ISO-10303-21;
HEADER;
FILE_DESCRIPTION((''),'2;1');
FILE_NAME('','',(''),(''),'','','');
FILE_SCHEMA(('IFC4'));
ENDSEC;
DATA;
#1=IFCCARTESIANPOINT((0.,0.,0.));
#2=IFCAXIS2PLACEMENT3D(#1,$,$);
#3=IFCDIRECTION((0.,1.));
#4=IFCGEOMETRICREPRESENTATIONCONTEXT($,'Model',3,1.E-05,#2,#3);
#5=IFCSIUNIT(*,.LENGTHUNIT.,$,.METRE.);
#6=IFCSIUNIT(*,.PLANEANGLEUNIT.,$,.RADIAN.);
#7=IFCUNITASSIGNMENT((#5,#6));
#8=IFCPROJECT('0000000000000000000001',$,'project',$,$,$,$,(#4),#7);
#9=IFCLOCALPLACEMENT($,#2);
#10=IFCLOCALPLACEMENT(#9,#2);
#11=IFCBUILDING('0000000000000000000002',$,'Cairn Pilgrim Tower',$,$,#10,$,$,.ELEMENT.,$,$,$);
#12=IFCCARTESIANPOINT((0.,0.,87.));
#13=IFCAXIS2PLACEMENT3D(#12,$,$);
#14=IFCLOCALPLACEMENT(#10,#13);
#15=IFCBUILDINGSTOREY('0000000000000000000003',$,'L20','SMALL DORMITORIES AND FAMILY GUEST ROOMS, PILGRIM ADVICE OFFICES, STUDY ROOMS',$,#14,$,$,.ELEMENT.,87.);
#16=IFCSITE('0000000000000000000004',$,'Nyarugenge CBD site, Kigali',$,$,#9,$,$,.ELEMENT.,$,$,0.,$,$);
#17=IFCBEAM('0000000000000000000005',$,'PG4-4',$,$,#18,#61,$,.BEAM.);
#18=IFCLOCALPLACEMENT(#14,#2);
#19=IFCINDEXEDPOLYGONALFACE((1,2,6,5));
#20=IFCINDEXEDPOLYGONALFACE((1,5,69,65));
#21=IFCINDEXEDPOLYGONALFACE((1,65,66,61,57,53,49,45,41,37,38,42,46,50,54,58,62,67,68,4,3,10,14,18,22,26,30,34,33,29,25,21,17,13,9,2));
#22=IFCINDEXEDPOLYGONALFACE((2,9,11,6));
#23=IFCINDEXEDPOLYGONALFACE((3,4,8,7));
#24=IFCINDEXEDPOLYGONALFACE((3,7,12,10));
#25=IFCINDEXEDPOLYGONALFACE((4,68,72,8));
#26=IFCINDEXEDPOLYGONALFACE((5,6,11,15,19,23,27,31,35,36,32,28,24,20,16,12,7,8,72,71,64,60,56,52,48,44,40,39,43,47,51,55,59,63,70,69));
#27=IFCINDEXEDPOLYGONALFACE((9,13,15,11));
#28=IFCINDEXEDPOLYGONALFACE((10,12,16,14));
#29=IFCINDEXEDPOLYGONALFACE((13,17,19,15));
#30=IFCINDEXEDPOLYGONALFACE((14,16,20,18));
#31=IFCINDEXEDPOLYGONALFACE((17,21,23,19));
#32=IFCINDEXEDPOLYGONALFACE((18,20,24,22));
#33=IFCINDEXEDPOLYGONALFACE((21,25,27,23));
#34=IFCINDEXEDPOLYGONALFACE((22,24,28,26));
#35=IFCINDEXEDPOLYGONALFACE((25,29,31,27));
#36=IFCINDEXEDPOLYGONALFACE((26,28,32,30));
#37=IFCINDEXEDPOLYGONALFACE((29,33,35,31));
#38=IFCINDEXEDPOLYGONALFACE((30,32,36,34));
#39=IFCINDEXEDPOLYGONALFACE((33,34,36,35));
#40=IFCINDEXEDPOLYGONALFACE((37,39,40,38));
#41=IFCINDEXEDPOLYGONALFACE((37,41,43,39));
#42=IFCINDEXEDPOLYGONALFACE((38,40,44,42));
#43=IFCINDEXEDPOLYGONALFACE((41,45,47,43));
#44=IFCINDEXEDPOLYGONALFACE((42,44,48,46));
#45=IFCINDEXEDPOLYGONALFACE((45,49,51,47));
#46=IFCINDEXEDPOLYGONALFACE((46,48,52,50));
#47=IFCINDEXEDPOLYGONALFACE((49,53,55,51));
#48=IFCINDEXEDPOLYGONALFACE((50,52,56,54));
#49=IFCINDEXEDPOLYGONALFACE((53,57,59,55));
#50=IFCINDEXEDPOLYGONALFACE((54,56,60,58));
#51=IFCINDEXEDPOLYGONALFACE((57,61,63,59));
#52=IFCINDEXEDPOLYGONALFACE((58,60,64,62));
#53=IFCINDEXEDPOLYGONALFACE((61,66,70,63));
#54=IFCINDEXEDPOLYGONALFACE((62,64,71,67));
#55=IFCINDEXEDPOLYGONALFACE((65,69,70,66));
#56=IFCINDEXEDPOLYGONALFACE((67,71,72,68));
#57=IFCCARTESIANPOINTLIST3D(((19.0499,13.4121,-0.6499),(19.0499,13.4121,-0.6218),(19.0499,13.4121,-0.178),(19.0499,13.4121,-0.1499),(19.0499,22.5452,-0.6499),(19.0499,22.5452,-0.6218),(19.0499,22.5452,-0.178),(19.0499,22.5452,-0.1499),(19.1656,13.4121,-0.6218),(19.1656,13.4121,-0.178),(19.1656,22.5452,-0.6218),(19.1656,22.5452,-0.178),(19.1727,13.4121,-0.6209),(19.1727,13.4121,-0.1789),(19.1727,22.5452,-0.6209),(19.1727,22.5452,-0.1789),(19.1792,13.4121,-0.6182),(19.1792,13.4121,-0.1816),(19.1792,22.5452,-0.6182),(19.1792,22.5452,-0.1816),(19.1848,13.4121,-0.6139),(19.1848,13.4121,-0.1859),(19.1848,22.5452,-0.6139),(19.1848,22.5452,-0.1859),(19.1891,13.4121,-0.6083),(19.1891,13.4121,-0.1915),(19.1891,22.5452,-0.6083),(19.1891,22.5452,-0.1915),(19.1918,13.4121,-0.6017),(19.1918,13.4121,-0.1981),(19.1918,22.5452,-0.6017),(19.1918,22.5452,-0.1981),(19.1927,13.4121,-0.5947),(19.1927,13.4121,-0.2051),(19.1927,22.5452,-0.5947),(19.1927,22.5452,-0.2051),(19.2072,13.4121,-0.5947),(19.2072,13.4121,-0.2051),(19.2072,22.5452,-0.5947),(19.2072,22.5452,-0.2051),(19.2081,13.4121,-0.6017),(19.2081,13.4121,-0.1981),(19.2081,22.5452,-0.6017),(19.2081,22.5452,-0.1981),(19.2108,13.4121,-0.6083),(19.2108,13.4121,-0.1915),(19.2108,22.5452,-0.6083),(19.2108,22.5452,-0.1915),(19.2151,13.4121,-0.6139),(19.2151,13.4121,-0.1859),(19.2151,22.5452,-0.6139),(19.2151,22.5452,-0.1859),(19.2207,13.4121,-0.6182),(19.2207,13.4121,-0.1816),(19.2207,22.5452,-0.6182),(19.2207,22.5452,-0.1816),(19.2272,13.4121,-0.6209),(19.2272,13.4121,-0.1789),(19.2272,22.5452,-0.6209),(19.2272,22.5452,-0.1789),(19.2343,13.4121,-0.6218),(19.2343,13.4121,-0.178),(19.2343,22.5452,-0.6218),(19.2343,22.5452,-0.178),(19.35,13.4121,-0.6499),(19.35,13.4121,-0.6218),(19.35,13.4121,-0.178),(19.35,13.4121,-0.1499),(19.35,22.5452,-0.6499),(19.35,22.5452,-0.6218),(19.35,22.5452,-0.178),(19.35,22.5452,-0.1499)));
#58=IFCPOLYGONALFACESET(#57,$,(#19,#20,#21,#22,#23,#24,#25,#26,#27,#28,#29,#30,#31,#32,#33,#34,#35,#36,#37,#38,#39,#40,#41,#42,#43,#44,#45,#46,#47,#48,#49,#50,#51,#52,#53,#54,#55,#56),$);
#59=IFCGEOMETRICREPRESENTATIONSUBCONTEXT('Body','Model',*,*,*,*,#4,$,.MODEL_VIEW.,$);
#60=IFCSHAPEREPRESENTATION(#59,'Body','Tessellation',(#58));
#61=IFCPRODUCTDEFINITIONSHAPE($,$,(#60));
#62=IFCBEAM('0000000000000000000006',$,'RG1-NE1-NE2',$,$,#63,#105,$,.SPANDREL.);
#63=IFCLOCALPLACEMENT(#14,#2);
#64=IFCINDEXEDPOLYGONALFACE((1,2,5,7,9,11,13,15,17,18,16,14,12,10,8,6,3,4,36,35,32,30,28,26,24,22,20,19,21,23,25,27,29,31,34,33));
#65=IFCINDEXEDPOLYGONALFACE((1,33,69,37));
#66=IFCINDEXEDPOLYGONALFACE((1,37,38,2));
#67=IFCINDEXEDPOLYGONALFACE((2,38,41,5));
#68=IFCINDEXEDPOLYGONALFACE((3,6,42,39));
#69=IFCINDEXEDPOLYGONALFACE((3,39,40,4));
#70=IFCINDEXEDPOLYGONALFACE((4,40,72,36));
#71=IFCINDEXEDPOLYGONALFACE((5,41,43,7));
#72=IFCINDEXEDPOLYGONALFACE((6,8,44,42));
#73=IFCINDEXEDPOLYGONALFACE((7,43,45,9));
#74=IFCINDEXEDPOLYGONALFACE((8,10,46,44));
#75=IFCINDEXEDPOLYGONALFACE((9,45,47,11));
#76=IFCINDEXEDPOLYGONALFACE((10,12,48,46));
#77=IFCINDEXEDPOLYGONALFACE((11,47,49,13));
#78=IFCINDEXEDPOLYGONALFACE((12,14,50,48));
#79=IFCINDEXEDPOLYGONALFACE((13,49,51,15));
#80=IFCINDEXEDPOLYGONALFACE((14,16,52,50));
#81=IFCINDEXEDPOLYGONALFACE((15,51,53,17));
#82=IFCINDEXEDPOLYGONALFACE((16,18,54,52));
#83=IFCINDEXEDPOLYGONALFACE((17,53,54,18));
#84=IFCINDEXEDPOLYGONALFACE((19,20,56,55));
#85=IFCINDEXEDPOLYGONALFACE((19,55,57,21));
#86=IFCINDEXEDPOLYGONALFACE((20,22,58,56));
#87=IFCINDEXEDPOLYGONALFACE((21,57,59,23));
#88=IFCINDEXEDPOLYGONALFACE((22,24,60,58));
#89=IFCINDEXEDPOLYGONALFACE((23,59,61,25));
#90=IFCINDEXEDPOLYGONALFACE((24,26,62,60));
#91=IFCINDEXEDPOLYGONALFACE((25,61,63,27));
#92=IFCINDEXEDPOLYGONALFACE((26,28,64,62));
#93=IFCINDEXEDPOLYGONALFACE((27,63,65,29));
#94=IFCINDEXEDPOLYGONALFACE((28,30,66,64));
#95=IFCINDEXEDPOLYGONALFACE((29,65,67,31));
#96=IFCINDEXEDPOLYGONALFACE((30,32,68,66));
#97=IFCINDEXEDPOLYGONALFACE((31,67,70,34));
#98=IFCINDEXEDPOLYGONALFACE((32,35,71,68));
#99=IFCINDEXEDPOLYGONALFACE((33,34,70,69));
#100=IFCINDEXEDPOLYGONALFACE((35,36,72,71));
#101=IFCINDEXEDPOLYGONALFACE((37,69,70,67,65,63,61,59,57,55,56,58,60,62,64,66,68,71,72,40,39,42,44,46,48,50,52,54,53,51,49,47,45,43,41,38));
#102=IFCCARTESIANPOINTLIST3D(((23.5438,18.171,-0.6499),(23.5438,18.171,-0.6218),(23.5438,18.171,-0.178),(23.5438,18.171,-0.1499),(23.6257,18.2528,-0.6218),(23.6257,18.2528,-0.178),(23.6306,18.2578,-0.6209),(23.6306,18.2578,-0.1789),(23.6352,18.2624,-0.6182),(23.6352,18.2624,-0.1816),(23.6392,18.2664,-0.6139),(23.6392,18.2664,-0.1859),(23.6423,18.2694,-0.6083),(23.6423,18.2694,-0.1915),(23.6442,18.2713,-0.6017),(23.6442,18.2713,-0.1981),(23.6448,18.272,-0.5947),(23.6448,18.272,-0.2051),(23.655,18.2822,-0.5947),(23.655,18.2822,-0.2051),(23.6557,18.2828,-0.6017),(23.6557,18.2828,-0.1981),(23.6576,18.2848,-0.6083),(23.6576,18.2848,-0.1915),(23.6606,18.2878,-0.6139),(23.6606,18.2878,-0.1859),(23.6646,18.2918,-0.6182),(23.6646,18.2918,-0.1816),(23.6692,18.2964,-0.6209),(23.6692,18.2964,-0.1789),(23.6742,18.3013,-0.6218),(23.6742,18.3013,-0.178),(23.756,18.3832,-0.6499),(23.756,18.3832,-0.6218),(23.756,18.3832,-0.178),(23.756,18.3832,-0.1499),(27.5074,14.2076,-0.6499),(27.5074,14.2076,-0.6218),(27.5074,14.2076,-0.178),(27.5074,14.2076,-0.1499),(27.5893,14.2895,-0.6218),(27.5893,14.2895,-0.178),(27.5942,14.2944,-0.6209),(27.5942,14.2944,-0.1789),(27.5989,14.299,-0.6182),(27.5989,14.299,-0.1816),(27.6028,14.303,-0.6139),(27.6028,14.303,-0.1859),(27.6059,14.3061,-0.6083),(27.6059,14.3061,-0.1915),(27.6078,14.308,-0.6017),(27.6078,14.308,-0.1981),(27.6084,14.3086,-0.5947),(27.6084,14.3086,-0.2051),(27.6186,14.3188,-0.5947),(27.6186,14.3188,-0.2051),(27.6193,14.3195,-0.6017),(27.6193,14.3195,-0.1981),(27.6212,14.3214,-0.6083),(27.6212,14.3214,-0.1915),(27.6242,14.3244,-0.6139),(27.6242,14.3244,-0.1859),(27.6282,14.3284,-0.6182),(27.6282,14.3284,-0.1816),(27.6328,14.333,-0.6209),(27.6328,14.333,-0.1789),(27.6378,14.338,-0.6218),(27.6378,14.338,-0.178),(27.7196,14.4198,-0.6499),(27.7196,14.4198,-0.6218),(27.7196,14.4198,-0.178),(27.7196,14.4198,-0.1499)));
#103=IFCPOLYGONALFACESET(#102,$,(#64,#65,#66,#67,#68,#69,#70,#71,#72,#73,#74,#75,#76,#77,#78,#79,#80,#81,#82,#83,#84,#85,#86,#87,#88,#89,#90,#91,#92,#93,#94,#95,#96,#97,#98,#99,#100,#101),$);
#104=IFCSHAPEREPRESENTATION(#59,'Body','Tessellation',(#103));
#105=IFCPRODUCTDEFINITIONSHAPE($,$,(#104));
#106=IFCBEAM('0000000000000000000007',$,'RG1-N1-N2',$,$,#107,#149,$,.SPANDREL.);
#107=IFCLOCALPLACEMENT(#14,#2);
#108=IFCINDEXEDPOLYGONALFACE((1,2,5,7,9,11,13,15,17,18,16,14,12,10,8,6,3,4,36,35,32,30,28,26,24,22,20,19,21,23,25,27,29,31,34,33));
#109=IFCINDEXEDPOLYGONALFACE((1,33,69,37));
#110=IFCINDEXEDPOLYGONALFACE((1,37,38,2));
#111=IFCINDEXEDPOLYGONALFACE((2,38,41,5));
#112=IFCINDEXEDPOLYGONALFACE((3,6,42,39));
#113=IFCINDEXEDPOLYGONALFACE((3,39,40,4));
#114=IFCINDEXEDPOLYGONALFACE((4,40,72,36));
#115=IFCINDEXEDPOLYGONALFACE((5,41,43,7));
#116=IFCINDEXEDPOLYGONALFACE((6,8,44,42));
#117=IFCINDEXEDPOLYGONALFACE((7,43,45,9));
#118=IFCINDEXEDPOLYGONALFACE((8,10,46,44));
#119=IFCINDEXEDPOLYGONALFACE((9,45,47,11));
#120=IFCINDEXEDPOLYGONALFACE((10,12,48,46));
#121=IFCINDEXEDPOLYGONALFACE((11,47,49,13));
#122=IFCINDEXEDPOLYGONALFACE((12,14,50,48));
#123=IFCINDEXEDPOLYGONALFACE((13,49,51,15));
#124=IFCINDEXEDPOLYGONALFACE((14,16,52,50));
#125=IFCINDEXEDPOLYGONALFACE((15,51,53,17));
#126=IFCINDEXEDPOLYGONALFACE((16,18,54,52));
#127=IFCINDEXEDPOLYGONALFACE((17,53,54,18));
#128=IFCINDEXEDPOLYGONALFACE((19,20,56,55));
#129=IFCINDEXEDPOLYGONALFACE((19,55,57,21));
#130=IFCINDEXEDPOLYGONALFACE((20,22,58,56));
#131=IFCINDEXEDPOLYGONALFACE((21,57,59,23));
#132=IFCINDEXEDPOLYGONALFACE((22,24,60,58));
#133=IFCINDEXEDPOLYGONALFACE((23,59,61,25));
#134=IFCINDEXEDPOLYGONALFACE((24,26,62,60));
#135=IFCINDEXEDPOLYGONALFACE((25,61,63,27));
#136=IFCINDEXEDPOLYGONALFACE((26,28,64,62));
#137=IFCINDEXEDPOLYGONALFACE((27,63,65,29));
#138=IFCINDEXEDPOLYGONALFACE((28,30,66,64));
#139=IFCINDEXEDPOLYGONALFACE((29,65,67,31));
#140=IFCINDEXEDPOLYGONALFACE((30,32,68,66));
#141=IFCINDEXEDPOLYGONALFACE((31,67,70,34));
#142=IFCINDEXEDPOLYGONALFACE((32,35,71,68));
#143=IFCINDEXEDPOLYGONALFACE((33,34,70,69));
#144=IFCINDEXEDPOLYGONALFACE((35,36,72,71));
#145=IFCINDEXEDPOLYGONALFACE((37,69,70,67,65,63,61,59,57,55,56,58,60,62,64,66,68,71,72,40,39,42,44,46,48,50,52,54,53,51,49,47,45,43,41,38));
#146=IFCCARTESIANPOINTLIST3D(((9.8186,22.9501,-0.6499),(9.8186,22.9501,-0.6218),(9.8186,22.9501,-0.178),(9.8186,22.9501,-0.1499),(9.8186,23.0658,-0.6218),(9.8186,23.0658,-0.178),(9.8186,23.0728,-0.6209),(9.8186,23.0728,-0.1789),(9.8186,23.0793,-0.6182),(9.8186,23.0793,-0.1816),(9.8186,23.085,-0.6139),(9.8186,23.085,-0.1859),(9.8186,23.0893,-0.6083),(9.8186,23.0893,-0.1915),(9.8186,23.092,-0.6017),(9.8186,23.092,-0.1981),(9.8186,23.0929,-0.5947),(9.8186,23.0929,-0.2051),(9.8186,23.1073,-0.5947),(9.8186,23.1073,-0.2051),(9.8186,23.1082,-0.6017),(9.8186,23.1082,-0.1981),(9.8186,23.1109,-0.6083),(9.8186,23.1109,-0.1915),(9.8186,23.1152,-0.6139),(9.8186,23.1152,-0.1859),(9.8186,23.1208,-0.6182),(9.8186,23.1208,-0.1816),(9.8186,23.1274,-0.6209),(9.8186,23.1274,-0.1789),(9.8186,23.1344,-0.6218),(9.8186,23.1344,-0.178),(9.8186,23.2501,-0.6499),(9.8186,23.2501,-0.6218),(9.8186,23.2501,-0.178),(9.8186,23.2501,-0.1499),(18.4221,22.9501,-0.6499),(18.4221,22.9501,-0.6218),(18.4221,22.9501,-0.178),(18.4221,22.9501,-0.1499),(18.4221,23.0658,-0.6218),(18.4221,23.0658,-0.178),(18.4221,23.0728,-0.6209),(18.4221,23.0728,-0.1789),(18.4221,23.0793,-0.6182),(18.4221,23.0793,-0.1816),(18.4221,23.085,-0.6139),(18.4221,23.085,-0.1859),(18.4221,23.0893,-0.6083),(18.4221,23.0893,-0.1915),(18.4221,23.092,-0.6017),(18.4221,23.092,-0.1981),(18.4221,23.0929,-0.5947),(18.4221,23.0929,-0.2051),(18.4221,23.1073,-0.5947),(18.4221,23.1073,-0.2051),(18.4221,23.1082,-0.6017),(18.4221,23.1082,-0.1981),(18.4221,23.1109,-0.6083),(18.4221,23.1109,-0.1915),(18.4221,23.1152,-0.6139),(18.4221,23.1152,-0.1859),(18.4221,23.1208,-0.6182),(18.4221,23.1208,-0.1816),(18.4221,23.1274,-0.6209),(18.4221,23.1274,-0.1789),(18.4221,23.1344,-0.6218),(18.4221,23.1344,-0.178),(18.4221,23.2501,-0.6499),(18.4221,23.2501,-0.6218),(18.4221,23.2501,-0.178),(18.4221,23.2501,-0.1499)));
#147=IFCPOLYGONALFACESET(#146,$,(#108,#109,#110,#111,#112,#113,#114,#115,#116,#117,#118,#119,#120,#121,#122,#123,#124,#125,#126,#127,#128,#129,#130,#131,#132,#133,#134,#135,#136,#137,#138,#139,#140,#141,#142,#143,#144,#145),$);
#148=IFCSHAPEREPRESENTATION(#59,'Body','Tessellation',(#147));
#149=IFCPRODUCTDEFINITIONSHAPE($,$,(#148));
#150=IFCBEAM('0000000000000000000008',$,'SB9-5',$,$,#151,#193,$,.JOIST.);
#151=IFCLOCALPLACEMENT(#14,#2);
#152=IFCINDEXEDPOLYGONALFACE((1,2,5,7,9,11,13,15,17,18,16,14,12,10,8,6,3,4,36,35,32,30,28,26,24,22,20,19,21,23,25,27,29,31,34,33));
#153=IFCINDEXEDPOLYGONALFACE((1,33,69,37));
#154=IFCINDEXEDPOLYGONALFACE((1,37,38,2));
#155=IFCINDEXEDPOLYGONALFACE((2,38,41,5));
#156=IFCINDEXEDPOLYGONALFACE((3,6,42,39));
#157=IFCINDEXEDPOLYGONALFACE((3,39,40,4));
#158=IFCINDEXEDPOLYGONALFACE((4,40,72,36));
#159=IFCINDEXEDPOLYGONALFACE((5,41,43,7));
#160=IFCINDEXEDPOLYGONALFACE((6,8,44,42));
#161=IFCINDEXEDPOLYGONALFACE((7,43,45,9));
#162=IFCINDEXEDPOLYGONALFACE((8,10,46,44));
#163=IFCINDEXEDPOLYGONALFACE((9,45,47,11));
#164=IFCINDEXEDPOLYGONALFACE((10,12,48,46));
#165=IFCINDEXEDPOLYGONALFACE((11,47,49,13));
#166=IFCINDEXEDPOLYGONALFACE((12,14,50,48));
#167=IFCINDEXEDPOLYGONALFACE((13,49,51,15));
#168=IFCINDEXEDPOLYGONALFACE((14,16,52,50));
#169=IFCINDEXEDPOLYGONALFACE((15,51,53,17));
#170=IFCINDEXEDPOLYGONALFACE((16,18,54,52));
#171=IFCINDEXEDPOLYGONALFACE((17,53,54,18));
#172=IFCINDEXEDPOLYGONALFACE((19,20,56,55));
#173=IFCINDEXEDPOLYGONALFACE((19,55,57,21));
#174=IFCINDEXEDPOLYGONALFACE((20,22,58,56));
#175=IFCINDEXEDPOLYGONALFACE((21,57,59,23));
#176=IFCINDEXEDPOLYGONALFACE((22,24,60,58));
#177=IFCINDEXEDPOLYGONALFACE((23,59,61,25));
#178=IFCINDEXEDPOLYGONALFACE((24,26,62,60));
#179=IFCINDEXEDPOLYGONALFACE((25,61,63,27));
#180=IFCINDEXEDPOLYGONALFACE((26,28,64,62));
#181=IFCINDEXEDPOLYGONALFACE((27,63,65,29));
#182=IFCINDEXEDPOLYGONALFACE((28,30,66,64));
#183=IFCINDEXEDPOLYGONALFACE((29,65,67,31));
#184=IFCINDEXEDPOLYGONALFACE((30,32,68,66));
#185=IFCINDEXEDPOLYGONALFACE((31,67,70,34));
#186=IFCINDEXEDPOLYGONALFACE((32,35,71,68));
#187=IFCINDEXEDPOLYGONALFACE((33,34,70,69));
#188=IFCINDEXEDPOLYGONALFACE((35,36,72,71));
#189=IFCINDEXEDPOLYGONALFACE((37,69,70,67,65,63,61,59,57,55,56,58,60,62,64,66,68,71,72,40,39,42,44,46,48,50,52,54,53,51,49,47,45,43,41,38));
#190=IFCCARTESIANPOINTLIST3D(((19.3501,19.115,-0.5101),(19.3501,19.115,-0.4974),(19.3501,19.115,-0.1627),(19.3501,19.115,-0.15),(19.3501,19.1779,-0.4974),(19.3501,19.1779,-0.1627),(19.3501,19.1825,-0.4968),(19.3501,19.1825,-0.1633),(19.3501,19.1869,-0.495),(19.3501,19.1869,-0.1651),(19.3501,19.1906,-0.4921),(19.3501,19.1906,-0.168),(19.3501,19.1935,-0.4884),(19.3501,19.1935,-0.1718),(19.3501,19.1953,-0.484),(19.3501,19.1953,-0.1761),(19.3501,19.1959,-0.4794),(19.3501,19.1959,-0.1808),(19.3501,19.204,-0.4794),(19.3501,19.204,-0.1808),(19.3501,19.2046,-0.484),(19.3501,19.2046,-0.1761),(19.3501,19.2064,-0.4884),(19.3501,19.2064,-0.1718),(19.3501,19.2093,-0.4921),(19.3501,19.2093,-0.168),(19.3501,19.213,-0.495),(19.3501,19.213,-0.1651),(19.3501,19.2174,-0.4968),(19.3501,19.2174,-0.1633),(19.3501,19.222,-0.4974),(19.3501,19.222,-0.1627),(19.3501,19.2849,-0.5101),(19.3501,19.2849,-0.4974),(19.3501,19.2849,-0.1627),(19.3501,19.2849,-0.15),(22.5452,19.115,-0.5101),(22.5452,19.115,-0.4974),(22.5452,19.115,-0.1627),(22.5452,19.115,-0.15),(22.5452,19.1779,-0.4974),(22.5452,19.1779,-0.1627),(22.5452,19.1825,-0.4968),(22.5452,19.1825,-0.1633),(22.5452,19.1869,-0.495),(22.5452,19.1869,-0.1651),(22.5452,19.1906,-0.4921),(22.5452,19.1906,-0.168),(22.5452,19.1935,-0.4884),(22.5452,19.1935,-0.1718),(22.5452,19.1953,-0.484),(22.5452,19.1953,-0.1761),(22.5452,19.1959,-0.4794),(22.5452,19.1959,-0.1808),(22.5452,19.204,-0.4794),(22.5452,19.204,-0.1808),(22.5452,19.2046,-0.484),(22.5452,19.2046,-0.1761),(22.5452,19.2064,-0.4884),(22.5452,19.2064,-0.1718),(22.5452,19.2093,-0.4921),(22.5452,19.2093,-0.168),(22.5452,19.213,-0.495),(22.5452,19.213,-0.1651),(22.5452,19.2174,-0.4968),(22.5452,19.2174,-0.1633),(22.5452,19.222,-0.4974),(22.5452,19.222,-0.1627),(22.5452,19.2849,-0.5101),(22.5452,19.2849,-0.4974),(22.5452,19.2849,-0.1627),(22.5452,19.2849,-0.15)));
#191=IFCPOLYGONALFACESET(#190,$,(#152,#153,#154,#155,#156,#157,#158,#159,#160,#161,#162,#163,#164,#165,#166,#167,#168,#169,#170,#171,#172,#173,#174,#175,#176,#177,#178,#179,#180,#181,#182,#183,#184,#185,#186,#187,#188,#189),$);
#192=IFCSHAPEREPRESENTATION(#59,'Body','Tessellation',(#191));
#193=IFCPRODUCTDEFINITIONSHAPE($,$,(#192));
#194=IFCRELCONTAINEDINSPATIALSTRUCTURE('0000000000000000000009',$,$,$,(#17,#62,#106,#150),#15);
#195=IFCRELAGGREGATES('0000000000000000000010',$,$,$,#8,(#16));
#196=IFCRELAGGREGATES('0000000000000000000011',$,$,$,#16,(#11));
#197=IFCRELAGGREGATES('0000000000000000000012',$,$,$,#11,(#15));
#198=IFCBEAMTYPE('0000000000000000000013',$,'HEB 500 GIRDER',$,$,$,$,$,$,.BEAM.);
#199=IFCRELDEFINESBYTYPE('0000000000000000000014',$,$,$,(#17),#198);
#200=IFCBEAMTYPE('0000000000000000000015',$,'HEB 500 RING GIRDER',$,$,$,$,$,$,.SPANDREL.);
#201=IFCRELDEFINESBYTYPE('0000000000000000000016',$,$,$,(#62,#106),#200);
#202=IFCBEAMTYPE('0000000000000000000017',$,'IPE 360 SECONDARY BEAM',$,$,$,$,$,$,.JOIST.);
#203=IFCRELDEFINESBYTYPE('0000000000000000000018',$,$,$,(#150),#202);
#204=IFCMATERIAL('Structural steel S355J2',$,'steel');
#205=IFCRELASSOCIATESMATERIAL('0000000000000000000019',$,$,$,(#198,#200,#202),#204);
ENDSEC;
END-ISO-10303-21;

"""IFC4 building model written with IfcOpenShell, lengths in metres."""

from ifc_helpers import new_model, si_unit, direction, frame, origin, origin_2d, place, context, subcontext, project, spatial, i_section, extrude, material, material_profile, profile_set, type_object, element, save


model = new_model("IFC4")

# Units and contexts
model_context = context("Model", 3, precision=1e-05, world=origin(), true_north=direction((0.0, 1.0)))
body_context = subcontext(model_context, "Body", "Model", "MODEL_VIEW")
ifc_project = project(units=[si_unit("LENGTHUNIT", "METRE"), si_unit("PLANEANGLEUNIT", "RADIAN")], contexts=[model_context])

# Site, building, storey
site_placement = place(None, origin())
site = spatial("IfcSite", under=ifc_project, at=site_placement, Name="Nyarugenge CBD site, Kigali", CompositionType="ELEMENT", RefElevation=0.0)
building_placement = place(site_placement, origin())
building = spatial("IfcBuilding", under=site, at=building_placement, Name="Cairn Pilgrim Tower", CompositionType="ELEMENT")
storey_placement = place(building_placement, frame((0.0, 0.0, 87.0)))
storey = spatial("IfcBuildingStorey", under=building, at=storey_placement, Name="L20", Description="SMALL DORMITORIES AND FAMILY GUEST ROOMS, PILGRIM ADVICE OFFICES, STUDY ROOMS", CompositionType="ELEMENT", Elevation=87.0)

# Shared definitions
ifc_material_1 = material(Name="Structural steel S355J2", Category="steel")

# Beams
ifc_material_profile_1 = material_profile(ifc_material_1, i_section(OverallWidth=0.3, OverallDepth=0.5, WebThickness=0.0144, FlangeThickness=0.0281, FilletRadius=0.0271, at=origin_2d()), Name="HEB 500")
ifc_profile_set_1 = profile_set([ifc_material_profile_1], Name="Structural steel S355J2")
beam_type_1 = type_object("IfcBeamType", Name="HEB 500 GIRDER", PredefinedType="BEAM", material=ifc_profile_set_1)
beam_1_placement = place(storey_placement, frame((19.2, 13.4121, -0.3999), z_axis=(0.0, 1.0, 0.0), x_axis=(-1.0, 0.0, 0.0)))
element("IfcBeam", 1, at=beam_1_placement, inside=storey, type_object=beam_type_1, Name="PG4-4", PredefinedType="BEAM", context=body_context, shape_type="SweptSolid", body=[
    extrude(i_section(OverallWidth=0.3, OverallDepth=0.5, WebThickness=0.0144, FlangeThickness=0.0281, FilletRadius=0.0271, at=origin_2d()), origin(), (0.0, 0.0, 1.0), 9.1331),
])
ifc_material_profile_2 = material_profile(ifc_material_1, i_section(OverallWidth=0.3, OverallDepth=0.5, WebThickness=0.0144, FlangeThickness=0.0281, FilletRadius=0.0271, at=origin_2d()), Name="HEB 500")
ifc_profile_set_2 = profile_set([ifc_material_profile_2], Name="Structural steel S355J2")
beam_type_2 = type_object("IfcBeamType", Name="HEB 500 RING GIRDER", PredefinedType="SPANDREL", material=ifc_profile_set_2)
beam_2_placement = place(storey_placement, frame((27.6135, 14.3137, -0.3999), z_axis=(-0.707129, 0.707085, 0.0), x_axis=(-0.707085, -0.707129, 0.0)))
element("IfcBeam", 2, at=beam_2_placement, inside=storey, type_object=beam_type_2, Name="RG1-NE1-NE2", PredefinedType="SPANDREL", context=body_context, shape_type="SweptSolid", body=[
    extrude(i_section(OverallWidth=0.3, OverallDepth=0.5, WebThickness=0.0144, FlangeThickness=0.0281, FilletRadius=0.0271, at=origin_2d()), origin(), (0.0, 0.0, 1.0), 5.6052),
])
beam_3_placement = place(storey_placement, frame((18.4221, 23.1001, -0.3999), z_axis=(-1.0, 0.0, 0.0), x_axis=(0.0, -1.0, 0.0)))
element("IfcBeam", 3, at=beam_3_placement, inside=storey, type_object=beam_type_2, Name="RG1-N1-N2", PredefinedType="SPANDREL", context=body_context, shape_type="SweptSolid", body=[
    extrude(i_section(OverallWidth=0.3, OverallDepth=0.5, WebThickness=0.0144, FlangeThickness=0.0281, FilletRadius=0.0271, at=origin_2d()), origin(), (0.0, 0.0, 1.0), 8.6035),
])
ifc_material_profile_3 = material_profile(ifc_material_1, i_section(OverallWidth=0.1699, OverallDepth=0.3601, WebThickness=0.0081, FlangeThickness=0.0127, FilletRadius=0.0181, at=origin_2d()), Name="IPE 360")
ifc_profile_set_3 = profile_set([ifc_material_profile_3], Name="Structural steel S355J2")
beam_type_3 = type_object("IfcBeamType", Name="IPE 360 SECONDARY BEAM", PredefinedType="JOIST", material=ifc_profile_set_3)
beam_4_placement = place(storey_placement, frame((19.3501, 19.2, -0.3301), z_axis=(1.0, 0.0, 0.0), x_axis=(0.0, 1.0, 0.0)))
element("IfcBeam", 4, at=beam_4_placement, inside=storey, type_object=beam_type_3, Name="SB9-5", PredefinedType="JOIST", context=body_context, shape_type="SweptSolid", body=[
    extrude(i_section(OverallWidth=0.1699, OverallDepth=0.3601, WebThickness=0.0081, FlangeThickness=0.0127, FilletRadius=0.0181, at=origin_2d()), origin(), (0.0, 0.0, 1.0), 3.1951),
])

save(model, "model.ifc")
